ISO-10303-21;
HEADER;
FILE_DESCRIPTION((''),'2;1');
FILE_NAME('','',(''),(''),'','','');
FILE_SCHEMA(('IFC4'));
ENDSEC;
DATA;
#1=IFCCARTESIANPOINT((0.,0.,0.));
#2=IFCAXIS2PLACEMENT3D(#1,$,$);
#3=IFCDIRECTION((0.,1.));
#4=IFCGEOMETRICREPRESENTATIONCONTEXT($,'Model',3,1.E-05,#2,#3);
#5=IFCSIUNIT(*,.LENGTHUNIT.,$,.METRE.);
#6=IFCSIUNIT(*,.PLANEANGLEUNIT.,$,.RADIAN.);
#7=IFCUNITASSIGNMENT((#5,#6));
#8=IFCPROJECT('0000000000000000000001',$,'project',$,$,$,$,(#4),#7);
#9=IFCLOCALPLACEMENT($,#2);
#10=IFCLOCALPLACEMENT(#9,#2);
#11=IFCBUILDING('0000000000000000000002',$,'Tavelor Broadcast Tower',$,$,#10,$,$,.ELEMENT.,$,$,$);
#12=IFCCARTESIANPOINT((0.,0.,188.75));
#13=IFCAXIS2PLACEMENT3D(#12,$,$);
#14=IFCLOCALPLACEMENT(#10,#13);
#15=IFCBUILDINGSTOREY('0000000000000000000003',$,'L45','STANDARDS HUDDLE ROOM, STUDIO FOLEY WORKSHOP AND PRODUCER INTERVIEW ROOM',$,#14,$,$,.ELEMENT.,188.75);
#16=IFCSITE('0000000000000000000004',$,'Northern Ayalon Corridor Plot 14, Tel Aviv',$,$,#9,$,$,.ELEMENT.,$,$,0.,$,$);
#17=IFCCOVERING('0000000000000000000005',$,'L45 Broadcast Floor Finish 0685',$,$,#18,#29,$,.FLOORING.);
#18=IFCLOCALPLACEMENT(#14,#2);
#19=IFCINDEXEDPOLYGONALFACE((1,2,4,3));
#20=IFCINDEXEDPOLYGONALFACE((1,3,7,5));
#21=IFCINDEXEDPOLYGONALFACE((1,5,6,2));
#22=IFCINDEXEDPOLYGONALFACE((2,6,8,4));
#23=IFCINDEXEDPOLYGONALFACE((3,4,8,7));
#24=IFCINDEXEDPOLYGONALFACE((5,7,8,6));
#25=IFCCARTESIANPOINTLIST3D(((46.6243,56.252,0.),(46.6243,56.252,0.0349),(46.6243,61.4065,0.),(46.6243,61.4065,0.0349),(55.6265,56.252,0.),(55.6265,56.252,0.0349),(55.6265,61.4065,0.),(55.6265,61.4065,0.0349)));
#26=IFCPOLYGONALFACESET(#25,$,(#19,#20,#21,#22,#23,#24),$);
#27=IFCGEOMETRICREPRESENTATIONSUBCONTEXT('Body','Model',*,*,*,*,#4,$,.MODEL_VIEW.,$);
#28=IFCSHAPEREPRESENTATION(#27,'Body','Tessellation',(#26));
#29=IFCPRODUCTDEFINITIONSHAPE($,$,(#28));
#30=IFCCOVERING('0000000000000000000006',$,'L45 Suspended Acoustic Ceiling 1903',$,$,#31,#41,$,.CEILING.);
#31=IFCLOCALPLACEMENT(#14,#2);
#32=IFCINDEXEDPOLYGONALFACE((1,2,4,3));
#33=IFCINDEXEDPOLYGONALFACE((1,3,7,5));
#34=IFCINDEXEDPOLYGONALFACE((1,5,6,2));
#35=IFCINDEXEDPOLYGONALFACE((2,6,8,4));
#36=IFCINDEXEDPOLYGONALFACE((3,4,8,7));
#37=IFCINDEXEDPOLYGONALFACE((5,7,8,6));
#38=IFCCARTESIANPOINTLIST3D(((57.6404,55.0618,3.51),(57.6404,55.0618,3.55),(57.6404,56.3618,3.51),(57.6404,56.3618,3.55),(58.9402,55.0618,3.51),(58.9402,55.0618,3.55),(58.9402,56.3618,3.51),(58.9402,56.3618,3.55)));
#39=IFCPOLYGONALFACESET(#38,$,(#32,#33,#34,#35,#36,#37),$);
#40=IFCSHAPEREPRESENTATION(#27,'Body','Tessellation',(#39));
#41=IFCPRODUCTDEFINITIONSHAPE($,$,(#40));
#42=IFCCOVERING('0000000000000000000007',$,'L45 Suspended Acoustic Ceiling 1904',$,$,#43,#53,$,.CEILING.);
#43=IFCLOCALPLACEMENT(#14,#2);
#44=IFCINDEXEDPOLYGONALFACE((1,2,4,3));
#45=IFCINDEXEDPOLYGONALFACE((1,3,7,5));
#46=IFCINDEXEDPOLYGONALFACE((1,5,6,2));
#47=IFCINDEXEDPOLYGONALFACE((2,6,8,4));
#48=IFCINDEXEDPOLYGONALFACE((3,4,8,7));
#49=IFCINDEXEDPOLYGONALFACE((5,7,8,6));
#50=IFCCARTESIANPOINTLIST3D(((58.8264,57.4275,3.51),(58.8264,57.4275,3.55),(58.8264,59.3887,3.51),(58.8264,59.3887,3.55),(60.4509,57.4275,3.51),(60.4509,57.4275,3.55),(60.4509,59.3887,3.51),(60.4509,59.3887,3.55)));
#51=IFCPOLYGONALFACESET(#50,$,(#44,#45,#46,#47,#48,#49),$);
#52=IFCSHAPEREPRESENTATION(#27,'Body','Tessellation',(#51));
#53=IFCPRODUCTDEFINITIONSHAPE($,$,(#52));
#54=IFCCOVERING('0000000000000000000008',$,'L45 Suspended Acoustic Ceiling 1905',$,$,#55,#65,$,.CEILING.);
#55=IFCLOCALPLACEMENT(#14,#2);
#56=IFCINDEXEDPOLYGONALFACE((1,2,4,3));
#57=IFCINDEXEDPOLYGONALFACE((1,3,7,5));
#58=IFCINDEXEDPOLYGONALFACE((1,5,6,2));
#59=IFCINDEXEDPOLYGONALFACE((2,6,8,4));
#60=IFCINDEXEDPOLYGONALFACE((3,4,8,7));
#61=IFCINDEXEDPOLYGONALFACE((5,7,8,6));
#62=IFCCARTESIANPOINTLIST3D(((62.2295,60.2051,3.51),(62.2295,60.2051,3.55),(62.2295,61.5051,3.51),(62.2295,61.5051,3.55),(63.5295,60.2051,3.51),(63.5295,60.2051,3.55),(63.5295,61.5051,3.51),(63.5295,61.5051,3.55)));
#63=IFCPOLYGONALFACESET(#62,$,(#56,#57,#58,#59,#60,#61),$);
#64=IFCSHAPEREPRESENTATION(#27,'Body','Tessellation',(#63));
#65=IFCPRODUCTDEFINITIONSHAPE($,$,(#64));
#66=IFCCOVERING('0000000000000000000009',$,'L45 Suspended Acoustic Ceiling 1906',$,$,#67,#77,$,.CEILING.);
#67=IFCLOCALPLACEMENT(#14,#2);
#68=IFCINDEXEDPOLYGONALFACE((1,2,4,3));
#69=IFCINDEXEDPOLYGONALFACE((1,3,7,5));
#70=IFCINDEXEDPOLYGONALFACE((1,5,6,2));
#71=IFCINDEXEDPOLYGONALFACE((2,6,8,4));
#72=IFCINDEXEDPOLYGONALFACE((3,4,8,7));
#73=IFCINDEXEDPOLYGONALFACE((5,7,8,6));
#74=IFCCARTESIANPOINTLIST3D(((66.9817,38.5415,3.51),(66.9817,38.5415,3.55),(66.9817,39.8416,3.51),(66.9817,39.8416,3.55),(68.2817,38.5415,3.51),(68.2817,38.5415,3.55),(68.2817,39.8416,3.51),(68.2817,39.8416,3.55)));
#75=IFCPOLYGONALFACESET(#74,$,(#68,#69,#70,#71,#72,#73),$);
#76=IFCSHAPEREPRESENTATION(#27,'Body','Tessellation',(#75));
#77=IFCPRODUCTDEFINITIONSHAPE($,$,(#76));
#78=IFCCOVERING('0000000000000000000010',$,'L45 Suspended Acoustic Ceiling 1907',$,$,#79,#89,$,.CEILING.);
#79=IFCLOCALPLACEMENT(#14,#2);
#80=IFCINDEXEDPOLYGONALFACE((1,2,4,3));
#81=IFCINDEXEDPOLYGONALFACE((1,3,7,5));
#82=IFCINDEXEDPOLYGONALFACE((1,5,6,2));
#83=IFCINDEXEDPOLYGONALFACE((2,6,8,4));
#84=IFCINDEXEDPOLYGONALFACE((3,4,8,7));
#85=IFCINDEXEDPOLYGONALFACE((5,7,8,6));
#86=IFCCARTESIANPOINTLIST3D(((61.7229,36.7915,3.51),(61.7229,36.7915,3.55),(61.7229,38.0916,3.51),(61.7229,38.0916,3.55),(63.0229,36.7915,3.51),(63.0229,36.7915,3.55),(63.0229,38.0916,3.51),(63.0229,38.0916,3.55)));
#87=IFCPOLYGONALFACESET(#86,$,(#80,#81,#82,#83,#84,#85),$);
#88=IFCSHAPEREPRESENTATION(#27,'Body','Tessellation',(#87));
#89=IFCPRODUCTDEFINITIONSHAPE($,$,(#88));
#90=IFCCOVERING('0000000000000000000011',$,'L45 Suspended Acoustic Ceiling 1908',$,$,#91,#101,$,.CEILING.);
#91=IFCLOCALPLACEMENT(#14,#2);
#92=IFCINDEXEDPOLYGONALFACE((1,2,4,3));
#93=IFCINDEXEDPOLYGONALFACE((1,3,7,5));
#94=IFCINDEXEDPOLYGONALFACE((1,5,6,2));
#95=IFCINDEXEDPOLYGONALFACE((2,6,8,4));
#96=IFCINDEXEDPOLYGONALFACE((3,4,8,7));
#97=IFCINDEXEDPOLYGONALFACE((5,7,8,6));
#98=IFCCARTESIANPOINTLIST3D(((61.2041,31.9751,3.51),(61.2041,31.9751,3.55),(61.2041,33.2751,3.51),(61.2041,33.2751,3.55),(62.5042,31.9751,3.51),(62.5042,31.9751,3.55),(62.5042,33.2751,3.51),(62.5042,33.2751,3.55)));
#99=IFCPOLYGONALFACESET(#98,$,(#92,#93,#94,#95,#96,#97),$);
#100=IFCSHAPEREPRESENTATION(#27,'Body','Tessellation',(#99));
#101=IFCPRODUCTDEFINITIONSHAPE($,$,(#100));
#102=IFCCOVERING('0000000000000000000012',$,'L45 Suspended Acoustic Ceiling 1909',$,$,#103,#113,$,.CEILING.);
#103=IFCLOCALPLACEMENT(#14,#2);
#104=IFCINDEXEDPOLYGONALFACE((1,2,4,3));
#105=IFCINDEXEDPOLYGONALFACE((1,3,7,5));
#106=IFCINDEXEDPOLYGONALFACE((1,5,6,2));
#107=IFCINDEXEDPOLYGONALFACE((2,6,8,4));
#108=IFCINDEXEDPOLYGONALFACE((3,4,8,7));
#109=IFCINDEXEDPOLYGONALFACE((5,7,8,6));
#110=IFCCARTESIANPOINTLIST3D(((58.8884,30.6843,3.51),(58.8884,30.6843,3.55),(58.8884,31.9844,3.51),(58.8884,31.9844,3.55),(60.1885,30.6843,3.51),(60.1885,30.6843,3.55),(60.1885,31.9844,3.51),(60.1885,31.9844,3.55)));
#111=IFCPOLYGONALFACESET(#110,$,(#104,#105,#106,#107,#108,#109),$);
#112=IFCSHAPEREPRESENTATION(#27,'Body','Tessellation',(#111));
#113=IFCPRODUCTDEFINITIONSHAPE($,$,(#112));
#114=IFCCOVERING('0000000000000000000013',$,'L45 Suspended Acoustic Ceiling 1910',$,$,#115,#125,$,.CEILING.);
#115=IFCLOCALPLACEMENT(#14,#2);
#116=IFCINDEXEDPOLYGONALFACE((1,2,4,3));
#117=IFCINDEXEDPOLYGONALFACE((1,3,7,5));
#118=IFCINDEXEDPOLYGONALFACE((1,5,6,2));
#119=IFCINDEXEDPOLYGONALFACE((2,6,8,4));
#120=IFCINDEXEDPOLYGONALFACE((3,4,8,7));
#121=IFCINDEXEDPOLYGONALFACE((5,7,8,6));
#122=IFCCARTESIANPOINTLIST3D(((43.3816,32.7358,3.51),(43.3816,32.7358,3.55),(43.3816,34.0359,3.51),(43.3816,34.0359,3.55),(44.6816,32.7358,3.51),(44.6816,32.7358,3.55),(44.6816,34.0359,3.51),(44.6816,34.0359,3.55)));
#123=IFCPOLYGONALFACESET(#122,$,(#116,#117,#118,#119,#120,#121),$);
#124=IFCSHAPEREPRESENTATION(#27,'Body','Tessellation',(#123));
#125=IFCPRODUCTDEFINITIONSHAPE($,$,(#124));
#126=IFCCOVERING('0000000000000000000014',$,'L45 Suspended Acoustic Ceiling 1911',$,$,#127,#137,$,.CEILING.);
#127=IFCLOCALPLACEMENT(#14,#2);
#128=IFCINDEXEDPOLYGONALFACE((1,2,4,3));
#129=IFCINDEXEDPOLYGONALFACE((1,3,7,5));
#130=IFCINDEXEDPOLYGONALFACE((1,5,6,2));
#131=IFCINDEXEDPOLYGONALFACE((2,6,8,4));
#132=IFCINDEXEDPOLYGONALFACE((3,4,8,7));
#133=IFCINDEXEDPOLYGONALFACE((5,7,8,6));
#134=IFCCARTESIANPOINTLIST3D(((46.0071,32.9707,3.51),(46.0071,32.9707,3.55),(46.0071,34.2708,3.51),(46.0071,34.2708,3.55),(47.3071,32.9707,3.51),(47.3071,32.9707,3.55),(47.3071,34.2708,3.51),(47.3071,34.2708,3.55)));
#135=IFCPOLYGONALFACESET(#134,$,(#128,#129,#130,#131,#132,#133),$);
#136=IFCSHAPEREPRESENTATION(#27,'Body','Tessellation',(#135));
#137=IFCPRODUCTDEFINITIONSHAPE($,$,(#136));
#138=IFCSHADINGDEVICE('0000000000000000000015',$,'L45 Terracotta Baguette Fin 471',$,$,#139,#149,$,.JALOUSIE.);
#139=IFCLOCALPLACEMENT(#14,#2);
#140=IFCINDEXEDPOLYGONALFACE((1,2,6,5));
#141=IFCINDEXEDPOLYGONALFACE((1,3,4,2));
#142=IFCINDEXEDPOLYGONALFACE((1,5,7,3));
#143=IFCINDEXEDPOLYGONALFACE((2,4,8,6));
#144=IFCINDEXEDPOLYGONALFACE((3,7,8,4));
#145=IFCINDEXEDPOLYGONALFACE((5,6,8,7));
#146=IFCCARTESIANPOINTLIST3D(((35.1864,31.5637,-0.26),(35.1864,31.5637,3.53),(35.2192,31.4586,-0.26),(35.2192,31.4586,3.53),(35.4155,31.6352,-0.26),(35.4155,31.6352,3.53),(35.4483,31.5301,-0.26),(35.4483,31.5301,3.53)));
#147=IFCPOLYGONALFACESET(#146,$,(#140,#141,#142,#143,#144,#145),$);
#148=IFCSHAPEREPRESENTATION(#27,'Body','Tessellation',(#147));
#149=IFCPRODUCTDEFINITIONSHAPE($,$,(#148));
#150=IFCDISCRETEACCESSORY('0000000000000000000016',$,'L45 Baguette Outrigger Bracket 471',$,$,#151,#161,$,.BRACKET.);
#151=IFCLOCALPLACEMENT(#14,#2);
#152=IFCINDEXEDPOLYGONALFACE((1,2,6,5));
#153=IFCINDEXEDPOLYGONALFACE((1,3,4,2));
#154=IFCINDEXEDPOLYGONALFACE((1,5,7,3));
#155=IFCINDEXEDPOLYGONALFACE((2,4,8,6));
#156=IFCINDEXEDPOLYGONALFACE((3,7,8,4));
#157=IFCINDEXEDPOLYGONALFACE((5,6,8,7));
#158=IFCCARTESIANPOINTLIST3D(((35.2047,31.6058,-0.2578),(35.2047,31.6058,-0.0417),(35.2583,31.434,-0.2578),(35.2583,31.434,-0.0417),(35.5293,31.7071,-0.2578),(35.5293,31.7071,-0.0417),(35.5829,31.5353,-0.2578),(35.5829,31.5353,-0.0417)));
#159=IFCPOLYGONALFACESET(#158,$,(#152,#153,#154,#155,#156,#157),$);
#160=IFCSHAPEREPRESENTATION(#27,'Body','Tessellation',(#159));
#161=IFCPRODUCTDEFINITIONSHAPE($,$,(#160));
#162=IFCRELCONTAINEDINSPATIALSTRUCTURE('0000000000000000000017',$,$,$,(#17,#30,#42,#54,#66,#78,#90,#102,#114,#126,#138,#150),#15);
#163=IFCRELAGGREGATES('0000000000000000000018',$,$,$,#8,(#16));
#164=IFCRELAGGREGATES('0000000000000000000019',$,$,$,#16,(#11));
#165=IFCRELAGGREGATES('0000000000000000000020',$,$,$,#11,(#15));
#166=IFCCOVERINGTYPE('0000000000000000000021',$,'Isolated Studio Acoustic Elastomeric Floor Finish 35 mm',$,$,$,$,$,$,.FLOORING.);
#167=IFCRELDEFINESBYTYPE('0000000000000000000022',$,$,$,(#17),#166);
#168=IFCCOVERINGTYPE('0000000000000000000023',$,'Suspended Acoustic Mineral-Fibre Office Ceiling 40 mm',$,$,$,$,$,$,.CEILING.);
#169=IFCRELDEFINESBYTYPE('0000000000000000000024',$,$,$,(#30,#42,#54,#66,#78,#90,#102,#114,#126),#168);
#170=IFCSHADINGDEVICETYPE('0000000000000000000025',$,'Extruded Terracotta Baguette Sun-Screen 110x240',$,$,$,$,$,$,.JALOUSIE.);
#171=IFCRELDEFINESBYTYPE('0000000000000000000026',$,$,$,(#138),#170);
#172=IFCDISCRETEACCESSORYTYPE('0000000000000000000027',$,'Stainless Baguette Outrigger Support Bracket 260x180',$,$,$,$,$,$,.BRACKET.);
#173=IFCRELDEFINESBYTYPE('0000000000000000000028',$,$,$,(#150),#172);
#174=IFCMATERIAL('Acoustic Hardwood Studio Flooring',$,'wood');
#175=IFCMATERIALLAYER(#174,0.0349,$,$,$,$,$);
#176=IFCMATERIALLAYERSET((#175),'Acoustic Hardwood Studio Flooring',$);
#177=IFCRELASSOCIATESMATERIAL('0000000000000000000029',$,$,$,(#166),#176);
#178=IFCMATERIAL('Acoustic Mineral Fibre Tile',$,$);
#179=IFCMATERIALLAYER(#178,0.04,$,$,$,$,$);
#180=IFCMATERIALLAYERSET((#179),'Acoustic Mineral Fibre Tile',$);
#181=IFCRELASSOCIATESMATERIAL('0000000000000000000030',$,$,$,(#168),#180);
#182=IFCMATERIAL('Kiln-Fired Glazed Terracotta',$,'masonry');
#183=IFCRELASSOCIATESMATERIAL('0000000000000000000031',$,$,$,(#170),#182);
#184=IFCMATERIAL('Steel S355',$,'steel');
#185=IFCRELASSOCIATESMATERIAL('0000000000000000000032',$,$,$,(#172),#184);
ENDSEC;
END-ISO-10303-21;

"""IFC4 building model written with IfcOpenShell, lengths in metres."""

from ifc_helpers import new_model, si_unit, direction, frame, origin, origin_2d, place, context, subcontext, project, spatial, polyline, rectangle, outline, extrude, source, transform, mapped, material, layer, layer_set, type_object, type_shapes, element, save


model = new_model("IFC4")

# Units and contexts
model_context = context("Model", 3, precision=1e-05, world=origin(), true_north=direction((0.0, 1.0)))
body_context = subcontext(model_context, "Body", "Model", "MODEL_VIEW")
ifc_project = project(units=[si_unit("LENGTHUNIT", "METRE"), si_unit("PLANEANGLEUNIT", "RADIAN")], contexts=[model_context])

# Site, building, storey
site_placement = place(None, origin())
site = spatial("IfcSite", under=ifc_project, at=site_placement, Name="Northern Ayalon Corridor Plot 14, Tel Aviv", CompositionType="ELEMENT", RefElevation=0.0)
building_placement = place(site_placement, origin())
building = spatial("IfcBuilding", under=site, at=building_placement, Name="Tavelor Broadcast Tower", CompositionType="ELEMENT")
storey_placement = place(building_placement, frame((0.0, 0.0, 188.75)))
storey = spatial("IfcBuildingStorey", under=building, at=storey_placement, Name="L45", Description="STANDARDS HUDDLE ROOM, STUDIO FOLEY WORKSHOP AND PRODUCER INTERVIEW ROOM", CompositionType="ELEMENT", Elevation=188.75)

# Coverings
ifc_material_1 = material(Name="Acoustic Hardwood Studio Flooring", Category="wood")
ifc_layer_1 = layer(ifc_material_1, 0.0349)
ifc_layer_set_1 = layer_set([ifc_layer_1], Name="Acoustic Hardwood Studio Flooring")
covering_type_1 = type_object("IfcCoveringType", Name="Isolated Studio Acoustic Elastomeric Floor Finish 35 mm", PredefinedType="FLOORING", material=ifc_layer_set_1)
covering_1_placement = place(storey_placement, origin())
element("IfcCovering", 1, at=covering_1_placement, inside=storey, type_object=covering_type_1, Name="L45 Broadcast Floor Finish 0685", PredefinedType="FLOORING", context=body_context, shape_type="SweptSolid", body=[
    extrude(outline(polyline([(46.6243, 56.252), (55.6265, 56.252), (55.6265, 61.4065), (46.6243, 61.4065), (46.6243, 56.252)])), origin(), (0.0, 0.0, 1.0), 0.0349),
])
ifc_material_2 = material(Name="Acoustic Mineral Fibre Tile")
ifc_layer_2 = layer(ifc_material_2, 0.04)
ifc_layer_set_2 = layer_set([ifc_layer_2], Name="Acoustic Mineral Fibre Tile")
covering_type_2 = type_object("IfcCoveringType", Name="Suspended Acoustic Mineral-Fibre Office Ceiling 40 mm", PredefinedType="CEILING", material=ifc_layer_set_2)
covering_2_placement = place(storey_placement, frame((0.0, 0.0, 3.51)))
element("IfcCovering", 2, at=covering_2_placement, inside=storey, type_object=covering_type_2, Name="L45 Suspended Acoustic Ceiling 1903", PredefinedType="CEILING", context=body_context, shape_type="SweptSolid", body=[
    extrude(outline(polyline([(57.6404, 55.0618), (58.9402, 55.0618), (58.9402, 56.3618), (57.6404, 56.3618), (57.6404, 55.0618)])), origin(), (0.0, 0.0, 1.0), 0.04),
])
covering_3_placement = place(storey_placement, frame((0.0, 0.0, 3.51)))
element("IfcCovering", 3, at=covering_3_placement, inside=storey, type_object=covering_type_2, Name="L45 Suspended Acoustic Ceiling 1904", PredefinedType="CEILING", context=body_context, shape_type="SweptSolid", body=[
    extrude(outline(polyline([(58.8264, 57.4275), (60.4509, 57.4275), (60.4509, 59.3887), (58.8264, 59.3887), (58.8264, 57.4275)])), origin(), (0.0, 0.0, 1.0), 0.04),
])
covering_4_placement = place(storey_placement, frame((0.0, 0.0, 3.51)))
element("IfcCovering", 4, at=covering_4_placement, inside=storey, type_object=covering_type_2, Name="L45 Suspended Acoustic Ceiling 1905", PredefinedType="CEILING", context=body_context, shape_type="SweptSolid", body=[
    extrude(outline(polyline([(62.2295, 60.2051), (63.5295, 60.2051), (63.5295, 61.5051), (62.2295, 61.5051), (62.2295, 60.2051)])), origin(), (0.0, 0.0, 1.0), 0.04),
])
covering_5_placement = place(storey_placement, frame((0.0, 0.0, 3.51)))
element("IfcCovering", 5, at=covering_5_placement, inside=storey, type_object=covering_type_2, Name="L45 Suspended Acoustic Ceiling 1906", PredefinedType="CEILING", context=body_context, shape_type="SweptSolid", body=[
    extrude(outline(polyline([(66.9817, 38.5415), (68.2817, 38.5415), (68.2817, 39.8416), (66.9817, 39.8416), (66.9817, 38.5415)])), origin(), (0.0, 0.0, 1.0), 0.04),
])
covering_6_placement = place(storey_placement, frame((0.0, 0.0, 3.51)))
element("IfcCovering", 6, at=covering_6_placement, inside=storey, type_object=covering_type_2, Name="L45 Suspended Acoustic Ceiling 1907", PredefinedType="CEILING", context=body_context, shape_type="SweptSolid", body=[
    extrude(outline(polyline([(61.7229, 36.7915), (63.0229, 36.7915), (63.0229, 38.0916), (61.7229, 38.0916), (61.7229, 36.7915)])), origin(), (0.0, 0.0, 1.0), 0.04),
])
covering_7_placement = place(storey_placement, frame((0.0, 0.0, 3.51)))
element("IfcCovering", 7, at=covering_7_placement, inside=storey, type_object=covering_type_2, Name="L45 Suspended Acoustic Ceiling 1908", PredefinedType="CEILING", context=body_context, shape_type="SweptSolid", body=[
    extrude(outline(polyline([(61.2041, 31.9751), (62.5042, 31.9751), (62.5042, 33.2751), (61.2041, 33.2751), (61.2041, 31.9751)])), origin(), (0.0, 0.0, 1.0), 0.04),
])
covering_8_placement = place(storey_placement, frame((0.0, 0.0, 3.51)))
element("IfcCovering", 8, at=covering_8_placement, inside=storey, type_object=covering_type_2, Name="L45 Suspended Acoustic Ceiling 1909", PredefinedType="CEILING", context=body_context, shape_type="SweptSolid", body=[
    extrude(outline(polyline([(58.8884, 30.6843), (60.1885, 30.6843), (60.1885, 31.9844), (58.8884, 31.9844), (58.8884, 30.6843)])), origin(), (0.0, 0.0, 1.0), 0.04),
])
covering_9_placement = place(storey_placement, frame((0.0, 0.0, 3.51)))
element("IfcCovering", 9, at=covering_9_placement, inside=storey, type_object=covering_type_2, Name="L45 Suspended Acoustic Ceiling 1910", PredefinedType="CEILING", context=body_context, shape_type="SweptSolid", body=[
    extrude(outline(polyline([(43.3816, 32.7358), (44.6816, 32.7358), (44.6816, 34.0359), (43.3816, 34.0359), (43.3816, 32.7358)])), origin(), (0.0, 0.0, 1.0), 0.04),
])
covering_10_placement = place(storey_placement, frame((0.0, 0.0, 3.51)))
element("IfcCovering", 10, at=covering_10_placement, inside=storey, type_object=covering_type_2, Name="L45 Suspended Acoustic Ceiling 1911", PredefinedType="CEILING", context=body_context, shape_type="SweptSolid", body=[
    extrude(outline(polyline([(46.0071, 32.9707), (47.3071, 32.9707), (47.3071, 34.2708), (46.0071, 34.2708), (46.0071, 32.9707)])), origin(), (0.0, 0.0, 1.0), 0.04),
])

# Shading device
ifc_material_3 = material(Name="Kiln-Fired Glazed Terracotta", Category="masonry")
shading_device_type = type_object("IfcShadingDeviceType", Name="Extruded Terracotta Baguette Sun-Screen 110x240", PredefinedType="JALOUSIE", material=ifc_material_3)
shared_shape_1 = source(origin(), body_context, "Body", "SweptSolid", [
    extrude(rectangle(XDim=0.1101, YDim=0.24, at=origin_2d()), origin(), (0.0, 0.0, 1.0), 3.79),
])
type_shapes(shading_device_type, [shared_shape_1])
shading_device_placement = place(storey_placement, frame((35.3174, 31.5469, -0.26), z_axis=(0.0, 0.0, 1.0), x_axis=(0.297875, -0.954605, 0.0)))
element("IfcShadingDevice", 11, at=shading_device_placement, inside=storey, type_object=shading_device_type, Name="L45 Terracotta Baguette Fin 471", PredefinedType="JALOUSIE", context=body_context, shape_type="MappedRepresentation", body=[
    mapped(shared_shape_1, transform((0.0, 0.0, 0.0), scale=1.0)),
])

# Discrete accessory
ifc_material_4 = material(Name="Steel S355", Category="steel")
discrete_accessory_type = type_object("IfcDiscreteAccessoryType", Name="Stainless Baguette Outrigger Support Bracket 260x180", PredefinedType="BRACKET", material=ifc_material_4)
shared_shape_2 = source(origin(), body_context, "Body", "SweptSolid", [
    extrude(rectangle(XDim=0.1799, YDim=0.3401, at=origin_2d()), origin(), (0.0, 0.0, 1.0), 0.2161),
])
type_shapes(discrete_accessory_type, [shared_shape_2])
discrete_accessory_placement = place(storey_placement, frame((35.3938, 31.5706, -0.2578), z_axis=(0.0, 0.0, 1.0), x_axis=(0.297875, -0.954605, 0.0)))
element("IfcDiscreteAccessory", 12, at=discrete_accessory_placement, inside=storey, type_object=discrete_accessory_type, Name="L45 Baguette Outrigger Bracket 471", PredefinedType="BRACKET", context=body_context, shape_type="MappedRepresentation", body=[
    mapped(shared_shape_2, transform((0.0, 0.0, 0.0), scale=1.0)),
])

save(model, "model.ifc")
